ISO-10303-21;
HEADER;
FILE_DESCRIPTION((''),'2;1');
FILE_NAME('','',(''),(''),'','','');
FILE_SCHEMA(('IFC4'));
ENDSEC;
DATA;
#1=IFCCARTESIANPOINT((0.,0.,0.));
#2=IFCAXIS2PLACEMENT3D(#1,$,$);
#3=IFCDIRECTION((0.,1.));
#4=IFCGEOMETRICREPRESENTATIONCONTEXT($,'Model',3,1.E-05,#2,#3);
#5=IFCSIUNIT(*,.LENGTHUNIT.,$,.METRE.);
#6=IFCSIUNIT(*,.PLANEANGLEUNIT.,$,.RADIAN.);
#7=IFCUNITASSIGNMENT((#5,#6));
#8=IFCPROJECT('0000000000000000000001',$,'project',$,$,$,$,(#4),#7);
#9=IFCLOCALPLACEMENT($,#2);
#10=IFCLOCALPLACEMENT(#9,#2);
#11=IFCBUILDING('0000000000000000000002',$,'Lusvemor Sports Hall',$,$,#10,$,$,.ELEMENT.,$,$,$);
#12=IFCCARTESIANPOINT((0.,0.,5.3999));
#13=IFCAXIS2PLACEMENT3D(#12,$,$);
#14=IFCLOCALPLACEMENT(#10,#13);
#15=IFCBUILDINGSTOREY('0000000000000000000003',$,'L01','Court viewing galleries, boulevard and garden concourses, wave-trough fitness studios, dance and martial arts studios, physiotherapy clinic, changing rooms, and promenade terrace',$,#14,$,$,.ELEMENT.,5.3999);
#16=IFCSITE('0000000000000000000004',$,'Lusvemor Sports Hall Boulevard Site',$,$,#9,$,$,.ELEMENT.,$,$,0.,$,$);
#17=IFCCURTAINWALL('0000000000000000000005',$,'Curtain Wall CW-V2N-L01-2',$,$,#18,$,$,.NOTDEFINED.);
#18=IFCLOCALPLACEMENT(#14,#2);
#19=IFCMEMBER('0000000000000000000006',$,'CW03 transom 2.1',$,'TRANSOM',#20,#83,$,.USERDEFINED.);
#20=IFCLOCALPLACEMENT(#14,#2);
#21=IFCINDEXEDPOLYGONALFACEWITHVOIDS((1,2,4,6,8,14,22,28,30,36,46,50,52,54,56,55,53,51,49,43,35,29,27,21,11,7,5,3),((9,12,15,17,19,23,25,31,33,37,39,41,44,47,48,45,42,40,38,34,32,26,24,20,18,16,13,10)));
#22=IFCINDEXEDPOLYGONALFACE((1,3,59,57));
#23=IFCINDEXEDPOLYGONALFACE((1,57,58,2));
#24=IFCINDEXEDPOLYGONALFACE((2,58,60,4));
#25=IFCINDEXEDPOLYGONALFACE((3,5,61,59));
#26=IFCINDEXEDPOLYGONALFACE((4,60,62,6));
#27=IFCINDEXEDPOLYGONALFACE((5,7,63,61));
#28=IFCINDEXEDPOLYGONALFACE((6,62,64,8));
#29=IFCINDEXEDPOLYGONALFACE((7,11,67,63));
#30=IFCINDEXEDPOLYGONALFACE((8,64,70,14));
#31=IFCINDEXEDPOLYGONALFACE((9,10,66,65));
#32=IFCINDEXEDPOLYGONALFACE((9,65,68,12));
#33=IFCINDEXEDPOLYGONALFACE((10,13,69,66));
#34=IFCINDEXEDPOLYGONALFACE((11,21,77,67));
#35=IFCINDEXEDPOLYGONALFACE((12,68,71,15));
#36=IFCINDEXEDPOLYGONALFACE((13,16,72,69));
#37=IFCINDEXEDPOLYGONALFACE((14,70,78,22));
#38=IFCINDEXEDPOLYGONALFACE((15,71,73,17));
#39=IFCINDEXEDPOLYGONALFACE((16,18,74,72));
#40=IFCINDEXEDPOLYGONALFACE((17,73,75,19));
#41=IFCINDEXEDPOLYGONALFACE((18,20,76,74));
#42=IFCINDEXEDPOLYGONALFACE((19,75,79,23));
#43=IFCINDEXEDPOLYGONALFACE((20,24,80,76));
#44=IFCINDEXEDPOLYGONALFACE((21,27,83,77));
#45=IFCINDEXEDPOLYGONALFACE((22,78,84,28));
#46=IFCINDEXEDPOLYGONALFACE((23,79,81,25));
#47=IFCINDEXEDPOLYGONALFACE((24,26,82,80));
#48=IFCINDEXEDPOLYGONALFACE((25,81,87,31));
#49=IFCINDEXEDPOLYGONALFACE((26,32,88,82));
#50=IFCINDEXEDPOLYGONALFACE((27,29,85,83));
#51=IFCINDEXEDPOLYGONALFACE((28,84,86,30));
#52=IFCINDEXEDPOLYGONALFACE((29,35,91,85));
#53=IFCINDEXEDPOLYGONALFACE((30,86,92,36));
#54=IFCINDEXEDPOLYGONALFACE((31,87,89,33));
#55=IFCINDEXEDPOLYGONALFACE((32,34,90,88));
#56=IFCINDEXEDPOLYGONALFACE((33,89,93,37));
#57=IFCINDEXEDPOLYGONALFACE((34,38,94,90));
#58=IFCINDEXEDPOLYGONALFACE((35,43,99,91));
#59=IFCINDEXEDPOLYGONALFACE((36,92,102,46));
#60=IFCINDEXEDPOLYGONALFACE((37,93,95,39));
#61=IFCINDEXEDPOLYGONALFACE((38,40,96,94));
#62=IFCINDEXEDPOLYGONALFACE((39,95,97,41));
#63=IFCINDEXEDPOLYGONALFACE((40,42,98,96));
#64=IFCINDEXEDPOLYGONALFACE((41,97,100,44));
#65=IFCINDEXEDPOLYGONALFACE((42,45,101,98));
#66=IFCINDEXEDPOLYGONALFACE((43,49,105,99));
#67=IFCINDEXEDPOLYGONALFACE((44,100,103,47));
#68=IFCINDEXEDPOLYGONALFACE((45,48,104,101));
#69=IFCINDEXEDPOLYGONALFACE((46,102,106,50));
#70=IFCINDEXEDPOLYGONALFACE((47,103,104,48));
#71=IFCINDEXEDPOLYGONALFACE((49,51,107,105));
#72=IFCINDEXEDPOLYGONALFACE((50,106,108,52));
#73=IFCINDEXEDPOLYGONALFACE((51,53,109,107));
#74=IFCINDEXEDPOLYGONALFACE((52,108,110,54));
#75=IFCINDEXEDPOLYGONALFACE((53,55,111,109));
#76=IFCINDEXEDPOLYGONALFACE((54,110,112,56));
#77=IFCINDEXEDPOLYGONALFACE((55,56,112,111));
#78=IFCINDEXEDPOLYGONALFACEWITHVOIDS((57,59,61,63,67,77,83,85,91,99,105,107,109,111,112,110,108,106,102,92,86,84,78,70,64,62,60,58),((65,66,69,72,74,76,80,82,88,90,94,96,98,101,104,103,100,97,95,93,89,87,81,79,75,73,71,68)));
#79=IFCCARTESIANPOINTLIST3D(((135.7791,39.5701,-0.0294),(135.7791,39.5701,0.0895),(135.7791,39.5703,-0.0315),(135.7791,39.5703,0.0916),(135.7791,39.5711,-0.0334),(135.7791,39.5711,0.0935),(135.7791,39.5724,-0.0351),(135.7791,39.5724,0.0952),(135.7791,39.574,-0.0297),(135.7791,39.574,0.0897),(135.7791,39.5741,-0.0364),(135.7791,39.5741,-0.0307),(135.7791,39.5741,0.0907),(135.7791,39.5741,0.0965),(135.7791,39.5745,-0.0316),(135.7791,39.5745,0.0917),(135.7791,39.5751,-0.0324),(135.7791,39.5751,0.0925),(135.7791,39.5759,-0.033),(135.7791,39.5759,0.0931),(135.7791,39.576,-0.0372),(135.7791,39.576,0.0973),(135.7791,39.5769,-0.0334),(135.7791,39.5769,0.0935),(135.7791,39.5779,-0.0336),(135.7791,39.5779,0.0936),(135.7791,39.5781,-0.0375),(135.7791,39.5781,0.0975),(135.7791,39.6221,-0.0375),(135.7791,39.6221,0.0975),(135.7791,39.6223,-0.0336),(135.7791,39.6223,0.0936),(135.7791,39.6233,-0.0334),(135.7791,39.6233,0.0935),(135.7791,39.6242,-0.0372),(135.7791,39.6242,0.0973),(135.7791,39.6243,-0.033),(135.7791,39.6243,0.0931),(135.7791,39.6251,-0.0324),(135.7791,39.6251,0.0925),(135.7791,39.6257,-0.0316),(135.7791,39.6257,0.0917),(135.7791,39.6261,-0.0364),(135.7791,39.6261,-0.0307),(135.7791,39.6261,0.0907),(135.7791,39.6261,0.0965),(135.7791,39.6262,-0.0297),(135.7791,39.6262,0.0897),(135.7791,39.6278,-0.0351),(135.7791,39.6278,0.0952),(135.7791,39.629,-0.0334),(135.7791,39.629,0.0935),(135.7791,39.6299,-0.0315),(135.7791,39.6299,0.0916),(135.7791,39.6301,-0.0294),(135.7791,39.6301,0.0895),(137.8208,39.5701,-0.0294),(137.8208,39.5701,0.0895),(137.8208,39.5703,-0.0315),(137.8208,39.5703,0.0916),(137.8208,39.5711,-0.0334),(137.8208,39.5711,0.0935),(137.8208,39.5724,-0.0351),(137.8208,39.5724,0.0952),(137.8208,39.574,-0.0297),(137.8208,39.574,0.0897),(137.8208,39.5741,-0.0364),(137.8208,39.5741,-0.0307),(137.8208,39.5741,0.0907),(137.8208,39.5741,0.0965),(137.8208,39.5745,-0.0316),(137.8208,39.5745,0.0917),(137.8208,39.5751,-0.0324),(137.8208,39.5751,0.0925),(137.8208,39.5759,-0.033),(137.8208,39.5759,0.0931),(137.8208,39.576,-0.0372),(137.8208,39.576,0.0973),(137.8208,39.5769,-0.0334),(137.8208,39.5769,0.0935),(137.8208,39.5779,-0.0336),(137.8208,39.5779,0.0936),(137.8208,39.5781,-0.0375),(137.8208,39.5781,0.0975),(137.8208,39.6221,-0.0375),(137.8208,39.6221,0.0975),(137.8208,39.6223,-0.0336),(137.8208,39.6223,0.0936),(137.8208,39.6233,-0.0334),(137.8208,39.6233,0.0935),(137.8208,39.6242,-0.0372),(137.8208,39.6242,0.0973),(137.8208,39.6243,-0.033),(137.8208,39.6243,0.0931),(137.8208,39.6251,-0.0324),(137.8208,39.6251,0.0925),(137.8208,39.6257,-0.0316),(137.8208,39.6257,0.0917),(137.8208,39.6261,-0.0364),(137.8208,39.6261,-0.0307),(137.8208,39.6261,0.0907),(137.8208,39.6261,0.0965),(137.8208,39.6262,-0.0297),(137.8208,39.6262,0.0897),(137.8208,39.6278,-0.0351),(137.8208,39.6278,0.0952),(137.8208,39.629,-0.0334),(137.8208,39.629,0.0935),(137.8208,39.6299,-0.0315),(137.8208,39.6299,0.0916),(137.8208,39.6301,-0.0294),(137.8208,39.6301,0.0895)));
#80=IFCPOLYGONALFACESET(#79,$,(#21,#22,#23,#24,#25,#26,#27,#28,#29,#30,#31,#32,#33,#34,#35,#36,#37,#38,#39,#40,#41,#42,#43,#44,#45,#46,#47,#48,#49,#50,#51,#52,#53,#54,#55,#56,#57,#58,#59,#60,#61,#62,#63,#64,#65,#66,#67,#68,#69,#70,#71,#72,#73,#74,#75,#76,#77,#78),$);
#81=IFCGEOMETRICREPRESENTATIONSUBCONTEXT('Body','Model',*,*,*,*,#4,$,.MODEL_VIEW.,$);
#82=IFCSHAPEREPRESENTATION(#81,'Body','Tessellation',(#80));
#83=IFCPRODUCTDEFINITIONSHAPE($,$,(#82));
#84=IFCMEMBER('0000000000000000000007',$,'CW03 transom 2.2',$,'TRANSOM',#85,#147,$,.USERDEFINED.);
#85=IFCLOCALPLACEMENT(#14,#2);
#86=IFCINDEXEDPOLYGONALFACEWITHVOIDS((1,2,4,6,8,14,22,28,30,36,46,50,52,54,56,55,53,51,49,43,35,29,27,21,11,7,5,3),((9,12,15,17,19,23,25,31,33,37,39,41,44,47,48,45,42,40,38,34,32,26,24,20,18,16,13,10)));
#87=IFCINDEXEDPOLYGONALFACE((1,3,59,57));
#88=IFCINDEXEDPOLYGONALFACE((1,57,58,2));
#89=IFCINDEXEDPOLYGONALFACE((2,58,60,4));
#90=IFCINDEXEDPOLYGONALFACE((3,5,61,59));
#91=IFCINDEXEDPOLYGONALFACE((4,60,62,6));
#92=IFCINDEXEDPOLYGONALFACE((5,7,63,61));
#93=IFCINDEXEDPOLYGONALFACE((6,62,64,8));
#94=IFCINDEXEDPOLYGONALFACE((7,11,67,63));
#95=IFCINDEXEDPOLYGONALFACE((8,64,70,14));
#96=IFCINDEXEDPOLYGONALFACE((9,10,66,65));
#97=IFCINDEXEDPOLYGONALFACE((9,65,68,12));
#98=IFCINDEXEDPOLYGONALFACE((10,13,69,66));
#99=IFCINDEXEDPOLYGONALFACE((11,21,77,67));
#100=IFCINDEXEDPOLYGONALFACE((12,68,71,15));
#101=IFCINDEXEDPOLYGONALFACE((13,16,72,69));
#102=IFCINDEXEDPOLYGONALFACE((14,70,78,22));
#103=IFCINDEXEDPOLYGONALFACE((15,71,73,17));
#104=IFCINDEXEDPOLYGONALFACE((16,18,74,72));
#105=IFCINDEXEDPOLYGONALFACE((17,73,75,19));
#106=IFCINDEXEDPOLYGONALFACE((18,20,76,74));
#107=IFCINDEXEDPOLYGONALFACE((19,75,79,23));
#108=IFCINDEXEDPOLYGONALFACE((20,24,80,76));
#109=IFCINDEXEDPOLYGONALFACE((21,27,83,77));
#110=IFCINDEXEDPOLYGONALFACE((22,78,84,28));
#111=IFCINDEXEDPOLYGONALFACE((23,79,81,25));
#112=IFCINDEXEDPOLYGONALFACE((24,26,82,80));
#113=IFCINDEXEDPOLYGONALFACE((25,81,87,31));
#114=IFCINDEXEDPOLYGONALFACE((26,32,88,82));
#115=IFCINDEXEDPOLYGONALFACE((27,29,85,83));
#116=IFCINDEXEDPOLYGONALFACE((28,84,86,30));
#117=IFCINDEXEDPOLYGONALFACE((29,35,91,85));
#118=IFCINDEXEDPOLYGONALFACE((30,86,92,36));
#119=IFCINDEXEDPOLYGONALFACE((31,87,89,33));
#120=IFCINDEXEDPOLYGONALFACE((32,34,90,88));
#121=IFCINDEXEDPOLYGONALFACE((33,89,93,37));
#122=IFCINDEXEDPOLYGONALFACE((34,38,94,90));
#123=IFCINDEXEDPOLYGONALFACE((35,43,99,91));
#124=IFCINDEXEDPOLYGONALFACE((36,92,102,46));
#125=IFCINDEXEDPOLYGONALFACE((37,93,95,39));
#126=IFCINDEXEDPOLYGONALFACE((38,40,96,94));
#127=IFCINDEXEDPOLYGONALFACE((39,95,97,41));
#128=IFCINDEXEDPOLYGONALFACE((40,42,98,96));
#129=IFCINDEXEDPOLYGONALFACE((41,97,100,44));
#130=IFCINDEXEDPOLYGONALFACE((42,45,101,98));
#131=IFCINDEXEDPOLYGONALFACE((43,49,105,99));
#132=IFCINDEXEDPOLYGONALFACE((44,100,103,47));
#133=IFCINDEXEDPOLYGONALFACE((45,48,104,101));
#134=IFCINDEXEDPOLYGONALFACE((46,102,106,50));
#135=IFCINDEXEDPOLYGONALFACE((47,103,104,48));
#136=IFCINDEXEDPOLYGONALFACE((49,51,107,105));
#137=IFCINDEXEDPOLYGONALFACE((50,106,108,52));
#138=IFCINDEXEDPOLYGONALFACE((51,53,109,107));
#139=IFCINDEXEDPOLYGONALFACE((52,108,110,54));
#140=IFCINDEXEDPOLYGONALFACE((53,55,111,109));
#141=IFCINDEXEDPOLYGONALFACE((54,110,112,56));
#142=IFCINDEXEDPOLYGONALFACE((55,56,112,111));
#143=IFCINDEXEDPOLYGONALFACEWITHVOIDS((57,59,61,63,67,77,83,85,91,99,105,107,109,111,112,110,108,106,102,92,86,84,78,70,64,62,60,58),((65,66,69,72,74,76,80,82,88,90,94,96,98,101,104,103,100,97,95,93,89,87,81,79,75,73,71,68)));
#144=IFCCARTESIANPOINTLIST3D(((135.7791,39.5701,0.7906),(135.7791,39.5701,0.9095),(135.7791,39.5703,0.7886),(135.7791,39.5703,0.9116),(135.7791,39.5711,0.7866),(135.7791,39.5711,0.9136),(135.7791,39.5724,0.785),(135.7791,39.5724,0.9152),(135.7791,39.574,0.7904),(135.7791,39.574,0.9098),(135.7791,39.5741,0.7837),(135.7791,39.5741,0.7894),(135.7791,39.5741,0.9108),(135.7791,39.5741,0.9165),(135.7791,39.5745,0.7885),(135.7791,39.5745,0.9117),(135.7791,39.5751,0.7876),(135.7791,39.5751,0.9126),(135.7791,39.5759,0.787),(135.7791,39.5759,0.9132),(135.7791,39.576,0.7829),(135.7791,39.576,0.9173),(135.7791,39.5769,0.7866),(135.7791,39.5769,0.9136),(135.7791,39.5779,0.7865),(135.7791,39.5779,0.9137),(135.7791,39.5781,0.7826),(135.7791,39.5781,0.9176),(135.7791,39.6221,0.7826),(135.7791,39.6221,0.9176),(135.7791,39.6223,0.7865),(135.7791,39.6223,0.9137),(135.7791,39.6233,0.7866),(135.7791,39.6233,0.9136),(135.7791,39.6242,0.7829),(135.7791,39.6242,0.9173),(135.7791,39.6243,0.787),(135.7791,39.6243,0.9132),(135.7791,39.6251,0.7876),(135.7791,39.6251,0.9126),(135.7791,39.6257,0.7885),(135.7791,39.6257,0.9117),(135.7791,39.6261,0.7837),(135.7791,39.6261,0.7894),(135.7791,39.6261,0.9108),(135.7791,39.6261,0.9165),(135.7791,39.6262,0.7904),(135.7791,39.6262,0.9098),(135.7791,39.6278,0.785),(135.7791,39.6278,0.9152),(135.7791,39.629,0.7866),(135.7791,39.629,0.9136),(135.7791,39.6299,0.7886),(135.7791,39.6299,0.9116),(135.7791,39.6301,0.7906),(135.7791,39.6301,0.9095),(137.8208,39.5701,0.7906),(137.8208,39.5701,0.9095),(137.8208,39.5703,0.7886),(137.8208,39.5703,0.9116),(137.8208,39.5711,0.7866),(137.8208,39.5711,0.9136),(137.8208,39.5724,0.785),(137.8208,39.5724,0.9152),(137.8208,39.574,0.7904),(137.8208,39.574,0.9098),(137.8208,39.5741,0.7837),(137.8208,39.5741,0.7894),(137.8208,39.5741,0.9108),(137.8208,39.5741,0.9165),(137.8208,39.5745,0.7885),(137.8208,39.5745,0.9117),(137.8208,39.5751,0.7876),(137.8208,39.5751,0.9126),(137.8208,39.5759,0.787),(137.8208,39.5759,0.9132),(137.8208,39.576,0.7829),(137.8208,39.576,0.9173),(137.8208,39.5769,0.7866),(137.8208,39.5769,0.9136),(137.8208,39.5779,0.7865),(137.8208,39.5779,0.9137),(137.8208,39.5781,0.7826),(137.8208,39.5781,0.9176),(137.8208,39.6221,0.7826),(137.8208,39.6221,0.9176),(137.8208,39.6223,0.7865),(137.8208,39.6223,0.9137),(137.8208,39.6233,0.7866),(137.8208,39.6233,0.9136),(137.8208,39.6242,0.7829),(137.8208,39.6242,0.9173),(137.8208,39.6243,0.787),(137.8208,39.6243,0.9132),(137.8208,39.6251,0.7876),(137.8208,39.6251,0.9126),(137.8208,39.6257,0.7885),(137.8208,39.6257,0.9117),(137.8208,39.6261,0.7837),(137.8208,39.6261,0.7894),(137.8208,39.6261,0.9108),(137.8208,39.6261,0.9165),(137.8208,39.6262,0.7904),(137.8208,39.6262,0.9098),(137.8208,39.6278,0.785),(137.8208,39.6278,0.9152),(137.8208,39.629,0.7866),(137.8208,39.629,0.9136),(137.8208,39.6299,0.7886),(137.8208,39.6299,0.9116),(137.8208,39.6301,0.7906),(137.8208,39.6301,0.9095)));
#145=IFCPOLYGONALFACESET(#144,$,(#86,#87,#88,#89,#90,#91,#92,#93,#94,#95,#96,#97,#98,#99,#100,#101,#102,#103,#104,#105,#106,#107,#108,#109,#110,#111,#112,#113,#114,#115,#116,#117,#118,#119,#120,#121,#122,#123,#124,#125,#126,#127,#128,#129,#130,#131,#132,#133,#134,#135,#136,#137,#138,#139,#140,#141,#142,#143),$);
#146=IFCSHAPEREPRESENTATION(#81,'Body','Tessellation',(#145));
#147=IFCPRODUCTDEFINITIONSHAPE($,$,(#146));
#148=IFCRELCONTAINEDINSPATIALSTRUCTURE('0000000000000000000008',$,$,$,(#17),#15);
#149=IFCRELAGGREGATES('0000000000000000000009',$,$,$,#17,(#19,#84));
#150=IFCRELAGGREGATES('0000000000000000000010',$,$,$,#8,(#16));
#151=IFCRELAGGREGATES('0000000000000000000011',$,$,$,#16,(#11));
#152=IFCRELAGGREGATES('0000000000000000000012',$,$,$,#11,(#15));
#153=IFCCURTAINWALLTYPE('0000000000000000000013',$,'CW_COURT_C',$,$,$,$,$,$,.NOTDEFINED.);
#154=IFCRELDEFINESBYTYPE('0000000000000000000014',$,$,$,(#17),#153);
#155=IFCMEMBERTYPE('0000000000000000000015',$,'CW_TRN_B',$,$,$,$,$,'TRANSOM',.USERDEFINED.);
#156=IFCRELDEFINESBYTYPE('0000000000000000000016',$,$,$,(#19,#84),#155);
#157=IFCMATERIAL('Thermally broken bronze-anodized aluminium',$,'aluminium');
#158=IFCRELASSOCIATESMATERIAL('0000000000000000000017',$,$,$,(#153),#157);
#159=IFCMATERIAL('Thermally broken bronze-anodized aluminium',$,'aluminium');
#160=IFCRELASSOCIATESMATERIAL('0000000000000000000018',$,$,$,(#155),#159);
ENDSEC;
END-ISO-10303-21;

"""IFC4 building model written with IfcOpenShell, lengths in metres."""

from ifc_helpers import new_model, si_unit, direction, frame, origin, origin_2d, place, context, subcontext, project, spatial, hollow_rectangle, extrude, material, material_profile, profile_set, type_object, element, aggregate, save


model = new_model("IFC4")

# Units and contexts
model_context = context("Model", 3, precision=1e-05, world=origin(), true_north=direction((0.0, 1.0)))
body_context = subcontext(model_context, "Body", "Model", "MODEL_VIEW")
ifc_project = project(units=[si_unit("LENGTHUNIT", "METRE"), si_unit("PLANEANGLEUNIT", "RADIAN")], contexts=[model_context])

# Site, building, storey
site_placement = place(None, origin())
site = spatial("IfcSite", under=ifc_project, at=site_placement, Name="Lusvemor Sports Hall Boulevard Site", CompositionType="ELEMENT", RefElevation=0.0)
building_placement = place(site_placement, origin())
building = spatial("IfcBuilding", under=site, at=building_placement, Name="Lusvemor Sports Hall", CompositionType="ELEMENT")
storey_placement = place(building_placement, frame((0.0, 0.0, 5.3999)))
storey = spatial("IfcBuildingStorey", under=building, at=storey_placement, Name="L01", Description="Court viewing galleries, boulevard and garden concourses, wave-trough fitness studios, dance and martial arts studios, physiotherapy clinic, changing rooms, and promenade terrace", CompositionType="ELEMENT", Elevation=5.3999)

# Curtain wall, members
ifc_material_1 = material(Name="Thermally broken bronze-anodized aluminium", Category="aluminium")
curtain_wall_type = type_object("IfcCurtainWallType", Name="CW_COURT_C", PredefinedType="NOTDEFINED", material=ifc_material_1)
curtain_wall_placement = place(storey_placement, origin())
curtain_wall = element("IfcCurtainWall", 1, at=curtain_wall_placement, inside=storey, type_object=curtain_wall_type, Name="Curtain Wall CW-V2N-L01-2", PredefinedType="NOTDEFINED")
ifc_material_2 = material(Name="Thermally broken bronze-anodized aluminium", Category="aluminium")
ifc_material_profile_1 = material_profile(ifc_material_2, hollow_rectangle(XDim=0.0601, YDim=0.135, WallThickness=0.0039, InnerFilletRadius=0.0039, OuterFilletRadius=0.0081, at=origin_2d()), Name="CWTRN135x60x4")
ifc_profile_set_1 = profile_set([ifc_material_profile_1], Name="Thermally broken bronze-anodized aluminium")
member_type_1 = type_object("IfcMemberType", Name="CW_TRN_B", ElementType="TRANSOM", PredefinedType="USERDEFINED", material=ifc_profile_set_1)
member_1_placement = place(storey_placement, frame((135.7791, 39.6001, 0.03), z_axis=(1.0, 0.0, 0.0), x_axis=(0.0, 1.0, 0.0)))
member_1 = element("IfcMember", 2, at=member_1_placement, type_object=member_type_1, Name="CW03 transom 2.1", ObjectType="TRANSOM", PredefinedType="USERDEFINED", context=body_context, shape_type="SweptSolid", body=[
    extrude(hollow_rectangle(XDim=0.0601, YDim=0.135, WallThickness=0.0039, InnerFilletRadius=0.0039, OuterFilletRadius=0.0081, at=origin_2d()), origin(), (0.0, 0.0, 1.0), 2.0417),
])
member_2_placement = place(storey_placement, frame((135.7791, 39.6001, 0.8501), z_axis=(1.0, 0.0, 0.0), x_axis=(0.0, 1.0, 0.0)))
member_2 = element("IfcMember", 3, at=member_2_placement, type_object=member_type_1, Name="CW03 transom 2.2", ObjectType="TRANSOM", PredefinedType="USERDEFINED", context=body_context, shape_type="SweptSolid", body=[
    extrude(hollow_rectangle(XDim=0.0601, YDim=0.135, WallThickness=0.0039, InnerFilletRadius=0.0039, OuterFilletRadius=0.0081, at=origin_2d()), origin(), (0.0, 0.0, 1.0), 2.0417),
])

aggregate(curtain_wall, [member_1, member_2])

save(model, "model.ifc")
